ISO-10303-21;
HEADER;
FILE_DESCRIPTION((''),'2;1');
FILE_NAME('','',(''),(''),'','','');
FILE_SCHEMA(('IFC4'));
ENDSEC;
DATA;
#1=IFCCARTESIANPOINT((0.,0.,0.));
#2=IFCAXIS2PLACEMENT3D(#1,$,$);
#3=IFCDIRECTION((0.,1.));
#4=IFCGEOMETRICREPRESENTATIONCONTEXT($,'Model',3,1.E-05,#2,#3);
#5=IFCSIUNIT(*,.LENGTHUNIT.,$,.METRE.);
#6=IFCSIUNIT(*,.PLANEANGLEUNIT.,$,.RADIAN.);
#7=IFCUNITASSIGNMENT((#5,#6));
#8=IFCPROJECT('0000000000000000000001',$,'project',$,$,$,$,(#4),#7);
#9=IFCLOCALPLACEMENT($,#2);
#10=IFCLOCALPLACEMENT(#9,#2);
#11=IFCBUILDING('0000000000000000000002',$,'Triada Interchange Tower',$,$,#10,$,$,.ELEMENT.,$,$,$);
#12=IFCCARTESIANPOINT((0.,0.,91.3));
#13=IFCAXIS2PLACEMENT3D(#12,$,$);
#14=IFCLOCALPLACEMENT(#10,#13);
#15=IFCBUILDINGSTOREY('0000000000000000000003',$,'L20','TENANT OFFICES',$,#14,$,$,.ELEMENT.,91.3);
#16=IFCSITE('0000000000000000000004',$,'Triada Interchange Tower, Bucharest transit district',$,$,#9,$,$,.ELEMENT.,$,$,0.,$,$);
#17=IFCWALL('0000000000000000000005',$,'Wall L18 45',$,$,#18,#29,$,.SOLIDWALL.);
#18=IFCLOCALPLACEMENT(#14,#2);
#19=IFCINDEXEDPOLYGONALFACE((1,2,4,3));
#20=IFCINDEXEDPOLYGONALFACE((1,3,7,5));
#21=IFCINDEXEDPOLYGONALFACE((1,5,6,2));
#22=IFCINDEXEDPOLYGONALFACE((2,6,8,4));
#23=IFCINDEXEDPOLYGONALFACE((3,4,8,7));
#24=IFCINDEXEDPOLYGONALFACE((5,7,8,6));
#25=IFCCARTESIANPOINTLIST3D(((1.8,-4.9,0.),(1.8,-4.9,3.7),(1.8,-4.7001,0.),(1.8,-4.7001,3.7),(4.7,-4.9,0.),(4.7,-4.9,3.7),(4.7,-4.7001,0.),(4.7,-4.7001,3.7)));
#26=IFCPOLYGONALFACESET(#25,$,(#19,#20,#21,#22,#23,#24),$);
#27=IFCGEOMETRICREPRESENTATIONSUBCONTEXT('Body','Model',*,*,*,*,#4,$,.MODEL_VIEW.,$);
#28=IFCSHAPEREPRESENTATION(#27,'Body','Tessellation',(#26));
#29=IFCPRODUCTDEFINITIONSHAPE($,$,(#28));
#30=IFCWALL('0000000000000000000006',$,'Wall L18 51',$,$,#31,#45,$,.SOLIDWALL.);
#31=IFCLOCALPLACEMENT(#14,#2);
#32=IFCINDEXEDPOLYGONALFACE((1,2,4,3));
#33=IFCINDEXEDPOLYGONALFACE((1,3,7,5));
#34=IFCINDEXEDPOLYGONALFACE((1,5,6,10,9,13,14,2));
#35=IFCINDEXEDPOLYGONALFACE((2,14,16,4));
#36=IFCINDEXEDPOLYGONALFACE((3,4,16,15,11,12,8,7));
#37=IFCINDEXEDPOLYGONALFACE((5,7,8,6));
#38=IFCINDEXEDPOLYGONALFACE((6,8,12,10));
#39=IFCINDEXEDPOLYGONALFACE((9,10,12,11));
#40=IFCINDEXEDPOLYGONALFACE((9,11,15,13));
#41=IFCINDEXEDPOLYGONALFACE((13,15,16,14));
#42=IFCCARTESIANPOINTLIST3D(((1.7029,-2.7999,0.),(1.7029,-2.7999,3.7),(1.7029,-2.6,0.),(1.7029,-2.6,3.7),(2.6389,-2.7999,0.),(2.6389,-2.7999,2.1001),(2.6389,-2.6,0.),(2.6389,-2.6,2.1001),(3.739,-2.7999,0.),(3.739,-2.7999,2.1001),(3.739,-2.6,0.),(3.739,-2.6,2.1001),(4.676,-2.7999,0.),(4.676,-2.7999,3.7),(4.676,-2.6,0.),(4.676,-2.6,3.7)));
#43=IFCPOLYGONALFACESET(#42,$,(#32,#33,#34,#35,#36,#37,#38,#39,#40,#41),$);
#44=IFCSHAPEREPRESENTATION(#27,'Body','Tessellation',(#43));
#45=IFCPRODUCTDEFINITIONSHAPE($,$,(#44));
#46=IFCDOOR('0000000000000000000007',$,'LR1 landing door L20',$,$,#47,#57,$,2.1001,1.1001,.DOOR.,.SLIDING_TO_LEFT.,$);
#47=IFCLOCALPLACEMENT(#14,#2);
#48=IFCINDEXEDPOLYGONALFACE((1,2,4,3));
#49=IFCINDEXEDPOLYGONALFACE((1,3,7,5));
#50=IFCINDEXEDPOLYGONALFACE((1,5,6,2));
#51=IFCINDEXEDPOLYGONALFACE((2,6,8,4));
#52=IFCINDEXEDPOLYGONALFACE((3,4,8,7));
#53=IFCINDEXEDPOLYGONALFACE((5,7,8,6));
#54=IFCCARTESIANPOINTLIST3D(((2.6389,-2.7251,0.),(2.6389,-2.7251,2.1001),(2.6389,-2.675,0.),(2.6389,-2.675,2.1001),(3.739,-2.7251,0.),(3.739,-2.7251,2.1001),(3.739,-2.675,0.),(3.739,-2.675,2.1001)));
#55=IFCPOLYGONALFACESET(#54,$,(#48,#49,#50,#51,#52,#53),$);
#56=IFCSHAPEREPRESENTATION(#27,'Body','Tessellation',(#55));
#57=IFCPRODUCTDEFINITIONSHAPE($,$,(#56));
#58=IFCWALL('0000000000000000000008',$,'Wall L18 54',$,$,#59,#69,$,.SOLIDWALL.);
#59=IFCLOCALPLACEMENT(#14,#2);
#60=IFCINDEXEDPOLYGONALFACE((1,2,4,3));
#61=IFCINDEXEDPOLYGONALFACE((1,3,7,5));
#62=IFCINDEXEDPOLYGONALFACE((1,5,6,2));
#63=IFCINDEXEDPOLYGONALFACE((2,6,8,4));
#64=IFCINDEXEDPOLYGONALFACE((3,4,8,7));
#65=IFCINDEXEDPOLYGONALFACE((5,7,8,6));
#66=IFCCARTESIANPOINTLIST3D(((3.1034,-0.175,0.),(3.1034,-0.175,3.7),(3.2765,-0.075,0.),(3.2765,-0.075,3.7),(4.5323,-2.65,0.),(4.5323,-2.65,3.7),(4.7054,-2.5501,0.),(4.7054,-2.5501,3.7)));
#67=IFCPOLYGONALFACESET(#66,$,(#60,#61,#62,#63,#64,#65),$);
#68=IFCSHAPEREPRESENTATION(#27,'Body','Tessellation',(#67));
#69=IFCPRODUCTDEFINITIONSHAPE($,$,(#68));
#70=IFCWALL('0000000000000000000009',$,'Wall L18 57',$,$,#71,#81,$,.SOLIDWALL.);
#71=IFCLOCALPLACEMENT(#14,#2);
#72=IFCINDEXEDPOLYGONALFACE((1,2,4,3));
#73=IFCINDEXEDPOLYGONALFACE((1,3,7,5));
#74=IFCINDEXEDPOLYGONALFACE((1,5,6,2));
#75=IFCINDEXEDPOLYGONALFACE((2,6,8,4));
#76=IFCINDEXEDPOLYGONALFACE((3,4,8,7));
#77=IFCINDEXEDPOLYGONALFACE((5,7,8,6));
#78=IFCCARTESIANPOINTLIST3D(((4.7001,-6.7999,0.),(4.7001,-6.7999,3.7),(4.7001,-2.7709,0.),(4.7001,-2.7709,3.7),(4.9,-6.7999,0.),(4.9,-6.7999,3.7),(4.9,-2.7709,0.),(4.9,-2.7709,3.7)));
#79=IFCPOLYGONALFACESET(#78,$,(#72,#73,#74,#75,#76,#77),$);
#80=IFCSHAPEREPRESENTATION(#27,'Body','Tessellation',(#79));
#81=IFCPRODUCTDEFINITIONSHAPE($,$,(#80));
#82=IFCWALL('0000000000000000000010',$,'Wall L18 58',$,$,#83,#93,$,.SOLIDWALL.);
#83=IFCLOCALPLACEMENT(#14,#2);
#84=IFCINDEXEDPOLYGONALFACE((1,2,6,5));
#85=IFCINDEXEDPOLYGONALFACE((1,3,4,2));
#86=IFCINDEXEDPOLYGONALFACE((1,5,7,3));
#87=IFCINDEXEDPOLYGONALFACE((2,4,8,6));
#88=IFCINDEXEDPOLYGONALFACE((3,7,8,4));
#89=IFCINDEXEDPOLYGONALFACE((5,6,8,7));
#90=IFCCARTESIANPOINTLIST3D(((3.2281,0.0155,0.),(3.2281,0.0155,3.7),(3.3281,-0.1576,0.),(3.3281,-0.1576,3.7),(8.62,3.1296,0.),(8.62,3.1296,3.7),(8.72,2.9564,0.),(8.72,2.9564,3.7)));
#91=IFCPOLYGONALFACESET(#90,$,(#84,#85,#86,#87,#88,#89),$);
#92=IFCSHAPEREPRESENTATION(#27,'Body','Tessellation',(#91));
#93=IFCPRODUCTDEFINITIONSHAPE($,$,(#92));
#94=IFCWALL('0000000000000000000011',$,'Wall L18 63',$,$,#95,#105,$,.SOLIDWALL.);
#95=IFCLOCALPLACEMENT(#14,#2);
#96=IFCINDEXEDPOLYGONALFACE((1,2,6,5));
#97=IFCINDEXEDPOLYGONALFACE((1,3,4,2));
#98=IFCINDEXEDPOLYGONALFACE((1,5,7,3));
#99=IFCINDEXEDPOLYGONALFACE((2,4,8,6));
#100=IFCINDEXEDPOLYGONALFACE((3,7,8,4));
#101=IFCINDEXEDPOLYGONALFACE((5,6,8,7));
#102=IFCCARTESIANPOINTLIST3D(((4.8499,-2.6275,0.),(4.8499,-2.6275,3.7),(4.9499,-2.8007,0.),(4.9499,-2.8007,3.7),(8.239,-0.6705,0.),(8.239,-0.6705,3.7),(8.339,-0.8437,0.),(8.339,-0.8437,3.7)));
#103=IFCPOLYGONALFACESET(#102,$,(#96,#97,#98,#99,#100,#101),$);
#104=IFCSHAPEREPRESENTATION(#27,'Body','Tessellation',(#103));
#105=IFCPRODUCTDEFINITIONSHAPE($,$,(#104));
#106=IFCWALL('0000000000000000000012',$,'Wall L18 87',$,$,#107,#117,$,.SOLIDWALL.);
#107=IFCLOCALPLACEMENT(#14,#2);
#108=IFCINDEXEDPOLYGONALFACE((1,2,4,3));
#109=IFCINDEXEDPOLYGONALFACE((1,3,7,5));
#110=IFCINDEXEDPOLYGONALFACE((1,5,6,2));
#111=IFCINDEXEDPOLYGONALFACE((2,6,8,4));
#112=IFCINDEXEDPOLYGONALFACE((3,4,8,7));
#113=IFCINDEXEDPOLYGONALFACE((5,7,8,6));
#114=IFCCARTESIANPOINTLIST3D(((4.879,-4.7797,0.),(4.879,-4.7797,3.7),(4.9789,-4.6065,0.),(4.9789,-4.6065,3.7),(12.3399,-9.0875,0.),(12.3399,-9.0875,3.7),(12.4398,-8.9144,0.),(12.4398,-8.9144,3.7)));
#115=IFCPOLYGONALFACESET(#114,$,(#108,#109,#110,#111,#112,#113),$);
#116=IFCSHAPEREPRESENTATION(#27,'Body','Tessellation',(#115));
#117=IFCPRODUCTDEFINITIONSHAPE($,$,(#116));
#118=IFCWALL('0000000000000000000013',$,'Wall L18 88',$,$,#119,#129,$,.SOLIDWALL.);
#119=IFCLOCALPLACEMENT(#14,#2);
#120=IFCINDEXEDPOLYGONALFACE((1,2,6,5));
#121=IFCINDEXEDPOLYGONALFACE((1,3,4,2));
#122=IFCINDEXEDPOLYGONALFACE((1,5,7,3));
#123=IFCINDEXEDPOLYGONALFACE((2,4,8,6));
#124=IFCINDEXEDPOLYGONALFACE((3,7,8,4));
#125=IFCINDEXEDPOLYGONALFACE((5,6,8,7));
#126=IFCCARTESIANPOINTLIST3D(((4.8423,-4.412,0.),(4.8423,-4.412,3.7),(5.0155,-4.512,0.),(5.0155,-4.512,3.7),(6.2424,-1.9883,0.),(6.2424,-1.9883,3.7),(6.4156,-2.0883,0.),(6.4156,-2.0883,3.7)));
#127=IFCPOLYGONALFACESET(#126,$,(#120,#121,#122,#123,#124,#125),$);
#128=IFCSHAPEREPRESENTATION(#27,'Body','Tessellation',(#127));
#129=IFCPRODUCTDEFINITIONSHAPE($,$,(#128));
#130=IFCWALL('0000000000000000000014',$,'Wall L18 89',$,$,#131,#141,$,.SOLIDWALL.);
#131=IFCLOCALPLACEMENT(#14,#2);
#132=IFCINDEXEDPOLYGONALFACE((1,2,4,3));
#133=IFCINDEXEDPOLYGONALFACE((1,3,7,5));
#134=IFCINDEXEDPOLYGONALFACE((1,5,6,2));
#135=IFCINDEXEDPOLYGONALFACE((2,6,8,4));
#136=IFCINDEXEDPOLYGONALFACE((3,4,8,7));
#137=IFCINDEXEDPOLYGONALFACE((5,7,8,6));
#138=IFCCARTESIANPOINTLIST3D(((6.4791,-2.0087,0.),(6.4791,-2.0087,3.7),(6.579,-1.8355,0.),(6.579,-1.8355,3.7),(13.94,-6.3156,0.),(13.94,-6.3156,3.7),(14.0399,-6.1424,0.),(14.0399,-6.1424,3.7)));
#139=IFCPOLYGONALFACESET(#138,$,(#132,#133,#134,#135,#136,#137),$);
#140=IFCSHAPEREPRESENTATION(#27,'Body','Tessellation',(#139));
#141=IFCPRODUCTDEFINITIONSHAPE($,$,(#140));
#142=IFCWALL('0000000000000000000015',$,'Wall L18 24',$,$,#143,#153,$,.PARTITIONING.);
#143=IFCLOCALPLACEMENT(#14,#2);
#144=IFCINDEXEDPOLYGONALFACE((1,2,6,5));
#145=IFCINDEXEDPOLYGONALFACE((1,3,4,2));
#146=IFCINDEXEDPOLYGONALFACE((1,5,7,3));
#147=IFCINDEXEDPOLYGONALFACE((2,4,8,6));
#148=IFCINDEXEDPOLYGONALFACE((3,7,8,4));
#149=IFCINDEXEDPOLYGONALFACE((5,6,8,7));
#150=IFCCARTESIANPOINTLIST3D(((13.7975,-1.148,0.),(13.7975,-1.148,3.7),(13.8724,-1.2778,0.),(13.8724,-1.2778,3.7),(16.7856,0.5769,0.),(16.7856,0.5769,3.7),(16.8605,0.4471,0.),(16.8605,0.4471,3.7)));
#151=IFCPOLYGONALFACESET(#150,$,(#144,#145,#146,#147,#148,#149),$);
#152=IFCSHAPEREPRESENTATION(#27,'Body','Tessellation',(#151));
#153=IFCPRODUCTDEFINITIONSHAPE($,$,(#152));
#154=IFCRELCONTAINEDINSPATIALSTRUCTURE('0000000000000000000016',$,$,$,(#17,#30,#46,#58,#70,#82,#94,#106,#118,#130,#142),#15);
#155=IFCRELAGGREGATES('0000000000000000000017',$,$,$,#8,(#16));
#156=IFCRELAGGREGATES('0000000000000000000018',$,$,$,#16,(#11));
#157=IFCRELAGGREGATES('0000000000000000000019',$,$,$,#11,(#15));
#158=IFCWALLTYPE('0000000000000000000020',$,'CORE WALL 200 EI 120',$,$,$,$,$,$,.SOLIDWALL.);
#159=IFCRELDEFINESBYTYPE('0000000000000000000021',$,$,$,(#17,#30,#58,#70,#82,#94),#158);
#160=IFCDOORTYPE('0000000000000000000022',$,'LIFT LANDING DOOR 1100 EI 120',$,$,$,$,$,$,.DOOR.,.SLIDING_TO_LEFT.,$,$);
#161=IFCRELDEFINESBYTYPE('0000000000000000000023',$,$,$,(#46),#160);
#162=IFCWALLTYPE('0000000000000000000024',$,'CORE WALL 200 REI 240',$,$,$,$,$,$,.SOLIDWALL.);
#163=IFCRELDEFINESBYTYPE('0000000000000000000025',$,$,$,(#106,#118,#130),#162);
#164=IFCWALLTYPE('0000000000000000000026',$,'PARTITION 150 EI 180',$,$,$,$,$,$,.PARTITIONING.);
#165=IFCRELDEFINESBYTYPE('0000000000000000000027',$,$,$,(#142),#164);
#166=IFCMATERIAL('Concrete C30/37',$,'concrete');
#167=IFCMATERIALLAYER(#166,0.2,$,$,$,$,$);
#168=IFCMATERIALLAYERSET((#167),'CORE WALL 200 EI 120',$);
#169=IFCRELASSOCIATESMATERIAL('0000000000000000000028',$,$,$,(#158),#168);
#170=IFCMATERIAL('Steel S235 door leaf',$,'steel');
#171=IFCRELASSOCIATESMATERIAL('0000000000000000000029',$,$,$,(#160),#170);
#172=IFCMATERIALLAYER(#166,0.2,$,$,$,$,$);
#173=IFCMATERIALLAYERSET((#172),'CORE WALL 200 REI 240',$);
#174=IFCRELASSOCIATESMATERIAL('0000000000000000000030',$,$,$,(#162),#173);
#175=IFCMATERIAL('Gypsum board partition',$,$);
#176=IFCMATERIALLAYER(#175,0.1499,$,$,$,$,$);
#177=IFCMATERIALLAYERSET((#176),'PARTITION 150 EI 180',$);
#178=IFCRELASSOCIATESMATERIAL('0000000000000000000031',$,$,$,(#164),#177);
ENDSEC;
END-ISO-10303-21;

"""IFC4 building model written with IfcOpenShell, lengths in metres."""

from ifc_helpers import new_model, si_unit, direction, frame, frame_2d, origin, place, context, subcontext, project, spatial, rectangle, extrude, material, layer, layer_set, type_object, element, fill, save


model = new_model("IFC4")

# Units and contexts
model_context = context("Model", 3, precision=1e-05, world=origin(), true_north=direction((0.0, 1.0)))
body_context = subcontext(model_context, "Body", "Model", "MODEL_VIEW")
ifc_project = project(units=[si_unit("LENGTHUNIT", "METRE"), si_unit("PLANEANGLEUNIT", "RADIAN")], contexts=[model_context])

# Site, building, storey
site_placement = place(None, origin())
site = spatial("IfcSite", under=ifc_project, at=site_placement, Name="Triada Interchange Tower, Bucharest transit district", CompositionType="ELEMENT", RefElevation=0.0)
building_placement = place(site_placement, origin())
building = spatial("IfcBuilding", under=site, at=building_placement, Name="Triada Interchange Tower", CompositionType="ELEMENT")
storey_placement = place(building_placement, frame((0.0, 0.0, 91.3)))
storey = spatial("IfcBuildingStorey", under=building, at=storey_placement, Name="L20", Description="TENANT OFFICES", CompositionType="ELEMENT", Elevation=91.3)

# Wall
ifc_material_1 = material(Name="Concrete C30/37", Category="concrete")
ifc_layer_1 = layer(ifc_material_1, 0.2)
ifc_layer_set_1 = layer_set([ifc_layer_1], Name="CORE WALL 200 EI 120")
wall_type_1 = type_object("IfcWallType", Name="CORE WALL 200 EI 120", PredefinedType="SOLIDWALL", material=ifc_layer_set_1)
wall_1_placement = place(storey_placement, frame((1.8, -4.8, 0.0), z_axis=(0.0, 0.0, 1.0), x_axis=(1.0, 0.0, 0.0)))
element("IfcWall", 1, at=wall_1_placement, inside=storey, type_object=wall_type_1, Name="Wall L18 45", PredefinedType="SOLIDWALL", context=body_context, shape_type="SweptSolid", body=[
    extrude(rectangle(XDim=2.8999, YDim=0.2, at=frame_2d((1.45, 0.0))), origin(), (0.0, 0.0, 1.0), 3.7),
])

# Wall, opening, door
wall_2_placement = place(storey_placement, frame((1.7029, -2.7, 0.0), z_axis=(0.0, 0.0, 1.0), x_axis=(1.0, 0.0, 0.0)))
wall_2 = element("IfcWall", 2, at=wall_2_placement, inside=storey, type_object=wall_type_1, Name="Wall L18 51", PredefinedType="SOLIDWALL", context=body_context, shape_type="SweptSolid", body=[
    extrude(rectangle(XDim=2.9731, YDim=0.2, at=frame_2d((1.4866, 0.0))), origin(), (0.0, 0.0, 1.0), 3.7),
])
opening_1_placement = place(wall_2_placement, frame((0.936, 0.0, 0.0)))
opening_1 = element("IfcOpeningElement", 3, at=opening_1_placement, cuts=wall_2, PredefinedType="OPENING", context=body_context, shape_type="SweptSolid", body=[
    extrude(rectangle(XDim=1.1001, YDim=2.1001, at=frame_2d((0.55, 1.05))), frame((0.0, 0.1099, 0.0), z_axis=(0.0, -1.0, 0.0), x_axis=(1.0, 0.0, 0.0)), (0.0, 0.0, 1.0), 0.22),
])
ifc_material_2 = material(Name="Steel S235 door leaf", Category="steel")
door_type_1 = type_object("IfcDoorType", Name="LIFT LANDING DOOR 1100 EI 120", OperationType="SLIDING_TO_LEFT", PredefinedType="DOOR", material=ifc_material_2)
door_1_placement = place(opening_1_placement, origin())
door_1 = element("IfcDoor", 4, at=door_1_placement, inside=storey, type_object=door_type_1, Name="LR1 landing door L20", OperationType="SLIDING_TO_LEFT", OverallHeight=2.1001, OverallWidth=1.1001, PredefinedType="DOOR", context=body_context, shape_type="SweptSolid", body=[
    extrude(rectangle(XDim=1.1001, YDim=2.1001, at=frame_2d((0.55, 1.05))), frame((0.0, 0.0249, 0.0), z_axis=(0.0, -1.0, 0.0), x_axis=(1.0, 0.0, 0.0)), (0.0, 0.0, 1.0), 0.05),
])
fill(opening_1, door_1)

# Walls
wall_3_placement = place(storey_placement, frame((3.1899, -0.125, 0.0), z_axis=(0.0, 0.0, 1.0), x_axis=(0.499989, -0.866032, 0.0)))
element("IfcWall", 5, at=wall_3_placement, inside=storey, type_object=wall_type_1, Name="Wall L18 54", PredefinedType="SOLIDWALL", context=body_context, shape_type="SweptSolid", body=[
    extrude(rectangle(XDim=2.8579, YDim=0.2, at=frame_2d((1.429, 0.0))), origin(), (0.0, 0.0, 1.0), 3.7),
])
wall_4_placement = place(storey_placement, frame((4.8, -6.8, 0.0), z_axis=(0.0, 0.0, 1.0), x_axis=(0.0, 1.0, 0.0)))
element("IfcWall", 6, at=wall_4_placement, inside=storey, type_object=wall_type_1, Name="Wall L18 57", PredefinedType="SOLIDWALL", context=body_context, shape_type="SweptSolid", body=[
    extrude(rectangle(XDim=4.0291, YDim=0.2, at=frame_2d((2.0146, 0.0))), origin(), (0.0, 0.0, 1.0), 3.7),
])
wall_5_placement = place(storey_placement, frame((3.2781, -0.071, 0.0), z_axis=(0.0, 0.0, 1.0), x_axis=(0.865954, 0.500124, 0.0)))
element("IfcWall", 7, at=wall_5_placement, inside=storey, type_object=wall_type_1, Name="Wall L18 58", PredefinedType="SOLIDWALL", context=body_context, shape_type="SweptSolid", body=[
    extrude(rectangle(XDim=6.2266, YDim=0.2, at=frame_2d((3.1133, 0.0))), origin(), (0.0, 0.0, 1.0), 3.7),
])
wall_6_placement = place(storey_placement, frame((4.8999, -2.7141, 0.0), z_axis=(0.0, 0.0, 1.0), x_axis=(0.865992, 0.500057, 0.0)))
element("IfcWall", 8, at=wall_6_placement, inside=storey, type_object=wall_type_1, Name="Wall L18 63", PredefinedType="SOLIDWALL", context=body_context, shape_type="SweptSolid", body=[
    extrude(rectangle(XDim=3.9136, YDim=0.2, at=frame_2d((1.9568, 0.0))), origin(), (0.0, 0.0, 1.0), 3.7),
])
ifc_layer_2 = layer(ifc_material_1, 0.2)
ifc_layer_set_2 = layer_set([ifc_layer_2], Name="CORE WALL 200 REI 240")
wall_type_2 = type_object("IfcWallType", Name="CORE WALL 200 REI 240", PredefinedType="SOLIDWALL", material=ifc_layer_set_2)
wall_7_placement = place(storey_placement, frame((4.929, -4.6931, 0.0), z_axis=(0.0, 0.0, 1.0), x_axis=(0.866011, -0.500025, 0.0)))
element("IfcWall", 9, at=wall_7_placement, inside=storey, type_object=wall_type_2, Name="Wall L18 87", PredefinedType="SOLIDWALL", context=body_context, shape_type="SweptSolid", body=[
    extrude(rectangle(XDim=8.6152, YDim=0.2, at=frame_2d((4.3076, 0.0))), origin(), (0.0, 0.0, 1.0), 3.7),
])
wall_8_placement = place(storey_placement, frame((4.929, -4.4619, 0.0), z_axis=(0.0, 0.0, 1.0), x_axis=(0.500201, 0.86591, 0.0)))
element("IfcWall", 10, at=wall_8_placement, inside=storey, type_object=wall_type_2, Name="Wall L18 88", PredefinedType="SOLIDWALL", context=body_context, shape_type="SweptSolid", body=[
    extrude(rectangle(XDim=2.7991, YDim=0.2, at=frame_2d((1.3994, 0.0))), origin(), (0.0, 0.0, 1.0), 3.7),
])
wall_9_placement = place(storey_placement, frame((6.5291, -1.9221, 0.0), z_axis=(0.0, 0.0, 1.0), x_axis=(0.86606, -0.49994, 0.0)))
element("IfcWall", 11, at=wall_9_placement, inside=storey, type_object=wall_type_2, Name="Wall L18 89", PredefinedType="SOLIDWALL", context=body_context, shape_type="SweptSolid", body=[
    extrude(rectangle(XDim=8.6147, YDim=0.2, at=frame_2d((4.3074, 0.0))), origin(), (0.0, 0.0, 1.0), 3.7),
])

# Wall
ifc_material_3 = material(Name="Gypsum board partition")
ifc_layer_3 = layer(ifc_material_3, 0.1499)
ifc_layer_set_3 = layer_set([ifc_layer_3], Name="PARTITION 150 EI 180")
wall_type_3 = type_object("IfcWallType", Name="PARTITION 150 EI 180", PredefinedType="PARTITIONING", material=ifc_layer_set_3)
wall_10_placement = place(storey_placement, frame((13.835, -1.2129, 0.0), z_axis=(0.0, 0.0, 1.0), x_axis=(0.866062, 0.499937, 0.0)))
element("IfcWall", 12, at=wall_10_placement, inside=storey, type_object=wall_type_3, Name="Wall L18 24", PredefinedType="PARTITIONING", context=body_context, shape_type="SweptSolid", body=[
    extrude(rectangle(XDim=3.4502, YDim=0.1499, at=frame_2d((1.7251, 0.0))), origin(), (0.0, 0.0, 1.0), 3.7),
])

save(model, "model.ifc")
